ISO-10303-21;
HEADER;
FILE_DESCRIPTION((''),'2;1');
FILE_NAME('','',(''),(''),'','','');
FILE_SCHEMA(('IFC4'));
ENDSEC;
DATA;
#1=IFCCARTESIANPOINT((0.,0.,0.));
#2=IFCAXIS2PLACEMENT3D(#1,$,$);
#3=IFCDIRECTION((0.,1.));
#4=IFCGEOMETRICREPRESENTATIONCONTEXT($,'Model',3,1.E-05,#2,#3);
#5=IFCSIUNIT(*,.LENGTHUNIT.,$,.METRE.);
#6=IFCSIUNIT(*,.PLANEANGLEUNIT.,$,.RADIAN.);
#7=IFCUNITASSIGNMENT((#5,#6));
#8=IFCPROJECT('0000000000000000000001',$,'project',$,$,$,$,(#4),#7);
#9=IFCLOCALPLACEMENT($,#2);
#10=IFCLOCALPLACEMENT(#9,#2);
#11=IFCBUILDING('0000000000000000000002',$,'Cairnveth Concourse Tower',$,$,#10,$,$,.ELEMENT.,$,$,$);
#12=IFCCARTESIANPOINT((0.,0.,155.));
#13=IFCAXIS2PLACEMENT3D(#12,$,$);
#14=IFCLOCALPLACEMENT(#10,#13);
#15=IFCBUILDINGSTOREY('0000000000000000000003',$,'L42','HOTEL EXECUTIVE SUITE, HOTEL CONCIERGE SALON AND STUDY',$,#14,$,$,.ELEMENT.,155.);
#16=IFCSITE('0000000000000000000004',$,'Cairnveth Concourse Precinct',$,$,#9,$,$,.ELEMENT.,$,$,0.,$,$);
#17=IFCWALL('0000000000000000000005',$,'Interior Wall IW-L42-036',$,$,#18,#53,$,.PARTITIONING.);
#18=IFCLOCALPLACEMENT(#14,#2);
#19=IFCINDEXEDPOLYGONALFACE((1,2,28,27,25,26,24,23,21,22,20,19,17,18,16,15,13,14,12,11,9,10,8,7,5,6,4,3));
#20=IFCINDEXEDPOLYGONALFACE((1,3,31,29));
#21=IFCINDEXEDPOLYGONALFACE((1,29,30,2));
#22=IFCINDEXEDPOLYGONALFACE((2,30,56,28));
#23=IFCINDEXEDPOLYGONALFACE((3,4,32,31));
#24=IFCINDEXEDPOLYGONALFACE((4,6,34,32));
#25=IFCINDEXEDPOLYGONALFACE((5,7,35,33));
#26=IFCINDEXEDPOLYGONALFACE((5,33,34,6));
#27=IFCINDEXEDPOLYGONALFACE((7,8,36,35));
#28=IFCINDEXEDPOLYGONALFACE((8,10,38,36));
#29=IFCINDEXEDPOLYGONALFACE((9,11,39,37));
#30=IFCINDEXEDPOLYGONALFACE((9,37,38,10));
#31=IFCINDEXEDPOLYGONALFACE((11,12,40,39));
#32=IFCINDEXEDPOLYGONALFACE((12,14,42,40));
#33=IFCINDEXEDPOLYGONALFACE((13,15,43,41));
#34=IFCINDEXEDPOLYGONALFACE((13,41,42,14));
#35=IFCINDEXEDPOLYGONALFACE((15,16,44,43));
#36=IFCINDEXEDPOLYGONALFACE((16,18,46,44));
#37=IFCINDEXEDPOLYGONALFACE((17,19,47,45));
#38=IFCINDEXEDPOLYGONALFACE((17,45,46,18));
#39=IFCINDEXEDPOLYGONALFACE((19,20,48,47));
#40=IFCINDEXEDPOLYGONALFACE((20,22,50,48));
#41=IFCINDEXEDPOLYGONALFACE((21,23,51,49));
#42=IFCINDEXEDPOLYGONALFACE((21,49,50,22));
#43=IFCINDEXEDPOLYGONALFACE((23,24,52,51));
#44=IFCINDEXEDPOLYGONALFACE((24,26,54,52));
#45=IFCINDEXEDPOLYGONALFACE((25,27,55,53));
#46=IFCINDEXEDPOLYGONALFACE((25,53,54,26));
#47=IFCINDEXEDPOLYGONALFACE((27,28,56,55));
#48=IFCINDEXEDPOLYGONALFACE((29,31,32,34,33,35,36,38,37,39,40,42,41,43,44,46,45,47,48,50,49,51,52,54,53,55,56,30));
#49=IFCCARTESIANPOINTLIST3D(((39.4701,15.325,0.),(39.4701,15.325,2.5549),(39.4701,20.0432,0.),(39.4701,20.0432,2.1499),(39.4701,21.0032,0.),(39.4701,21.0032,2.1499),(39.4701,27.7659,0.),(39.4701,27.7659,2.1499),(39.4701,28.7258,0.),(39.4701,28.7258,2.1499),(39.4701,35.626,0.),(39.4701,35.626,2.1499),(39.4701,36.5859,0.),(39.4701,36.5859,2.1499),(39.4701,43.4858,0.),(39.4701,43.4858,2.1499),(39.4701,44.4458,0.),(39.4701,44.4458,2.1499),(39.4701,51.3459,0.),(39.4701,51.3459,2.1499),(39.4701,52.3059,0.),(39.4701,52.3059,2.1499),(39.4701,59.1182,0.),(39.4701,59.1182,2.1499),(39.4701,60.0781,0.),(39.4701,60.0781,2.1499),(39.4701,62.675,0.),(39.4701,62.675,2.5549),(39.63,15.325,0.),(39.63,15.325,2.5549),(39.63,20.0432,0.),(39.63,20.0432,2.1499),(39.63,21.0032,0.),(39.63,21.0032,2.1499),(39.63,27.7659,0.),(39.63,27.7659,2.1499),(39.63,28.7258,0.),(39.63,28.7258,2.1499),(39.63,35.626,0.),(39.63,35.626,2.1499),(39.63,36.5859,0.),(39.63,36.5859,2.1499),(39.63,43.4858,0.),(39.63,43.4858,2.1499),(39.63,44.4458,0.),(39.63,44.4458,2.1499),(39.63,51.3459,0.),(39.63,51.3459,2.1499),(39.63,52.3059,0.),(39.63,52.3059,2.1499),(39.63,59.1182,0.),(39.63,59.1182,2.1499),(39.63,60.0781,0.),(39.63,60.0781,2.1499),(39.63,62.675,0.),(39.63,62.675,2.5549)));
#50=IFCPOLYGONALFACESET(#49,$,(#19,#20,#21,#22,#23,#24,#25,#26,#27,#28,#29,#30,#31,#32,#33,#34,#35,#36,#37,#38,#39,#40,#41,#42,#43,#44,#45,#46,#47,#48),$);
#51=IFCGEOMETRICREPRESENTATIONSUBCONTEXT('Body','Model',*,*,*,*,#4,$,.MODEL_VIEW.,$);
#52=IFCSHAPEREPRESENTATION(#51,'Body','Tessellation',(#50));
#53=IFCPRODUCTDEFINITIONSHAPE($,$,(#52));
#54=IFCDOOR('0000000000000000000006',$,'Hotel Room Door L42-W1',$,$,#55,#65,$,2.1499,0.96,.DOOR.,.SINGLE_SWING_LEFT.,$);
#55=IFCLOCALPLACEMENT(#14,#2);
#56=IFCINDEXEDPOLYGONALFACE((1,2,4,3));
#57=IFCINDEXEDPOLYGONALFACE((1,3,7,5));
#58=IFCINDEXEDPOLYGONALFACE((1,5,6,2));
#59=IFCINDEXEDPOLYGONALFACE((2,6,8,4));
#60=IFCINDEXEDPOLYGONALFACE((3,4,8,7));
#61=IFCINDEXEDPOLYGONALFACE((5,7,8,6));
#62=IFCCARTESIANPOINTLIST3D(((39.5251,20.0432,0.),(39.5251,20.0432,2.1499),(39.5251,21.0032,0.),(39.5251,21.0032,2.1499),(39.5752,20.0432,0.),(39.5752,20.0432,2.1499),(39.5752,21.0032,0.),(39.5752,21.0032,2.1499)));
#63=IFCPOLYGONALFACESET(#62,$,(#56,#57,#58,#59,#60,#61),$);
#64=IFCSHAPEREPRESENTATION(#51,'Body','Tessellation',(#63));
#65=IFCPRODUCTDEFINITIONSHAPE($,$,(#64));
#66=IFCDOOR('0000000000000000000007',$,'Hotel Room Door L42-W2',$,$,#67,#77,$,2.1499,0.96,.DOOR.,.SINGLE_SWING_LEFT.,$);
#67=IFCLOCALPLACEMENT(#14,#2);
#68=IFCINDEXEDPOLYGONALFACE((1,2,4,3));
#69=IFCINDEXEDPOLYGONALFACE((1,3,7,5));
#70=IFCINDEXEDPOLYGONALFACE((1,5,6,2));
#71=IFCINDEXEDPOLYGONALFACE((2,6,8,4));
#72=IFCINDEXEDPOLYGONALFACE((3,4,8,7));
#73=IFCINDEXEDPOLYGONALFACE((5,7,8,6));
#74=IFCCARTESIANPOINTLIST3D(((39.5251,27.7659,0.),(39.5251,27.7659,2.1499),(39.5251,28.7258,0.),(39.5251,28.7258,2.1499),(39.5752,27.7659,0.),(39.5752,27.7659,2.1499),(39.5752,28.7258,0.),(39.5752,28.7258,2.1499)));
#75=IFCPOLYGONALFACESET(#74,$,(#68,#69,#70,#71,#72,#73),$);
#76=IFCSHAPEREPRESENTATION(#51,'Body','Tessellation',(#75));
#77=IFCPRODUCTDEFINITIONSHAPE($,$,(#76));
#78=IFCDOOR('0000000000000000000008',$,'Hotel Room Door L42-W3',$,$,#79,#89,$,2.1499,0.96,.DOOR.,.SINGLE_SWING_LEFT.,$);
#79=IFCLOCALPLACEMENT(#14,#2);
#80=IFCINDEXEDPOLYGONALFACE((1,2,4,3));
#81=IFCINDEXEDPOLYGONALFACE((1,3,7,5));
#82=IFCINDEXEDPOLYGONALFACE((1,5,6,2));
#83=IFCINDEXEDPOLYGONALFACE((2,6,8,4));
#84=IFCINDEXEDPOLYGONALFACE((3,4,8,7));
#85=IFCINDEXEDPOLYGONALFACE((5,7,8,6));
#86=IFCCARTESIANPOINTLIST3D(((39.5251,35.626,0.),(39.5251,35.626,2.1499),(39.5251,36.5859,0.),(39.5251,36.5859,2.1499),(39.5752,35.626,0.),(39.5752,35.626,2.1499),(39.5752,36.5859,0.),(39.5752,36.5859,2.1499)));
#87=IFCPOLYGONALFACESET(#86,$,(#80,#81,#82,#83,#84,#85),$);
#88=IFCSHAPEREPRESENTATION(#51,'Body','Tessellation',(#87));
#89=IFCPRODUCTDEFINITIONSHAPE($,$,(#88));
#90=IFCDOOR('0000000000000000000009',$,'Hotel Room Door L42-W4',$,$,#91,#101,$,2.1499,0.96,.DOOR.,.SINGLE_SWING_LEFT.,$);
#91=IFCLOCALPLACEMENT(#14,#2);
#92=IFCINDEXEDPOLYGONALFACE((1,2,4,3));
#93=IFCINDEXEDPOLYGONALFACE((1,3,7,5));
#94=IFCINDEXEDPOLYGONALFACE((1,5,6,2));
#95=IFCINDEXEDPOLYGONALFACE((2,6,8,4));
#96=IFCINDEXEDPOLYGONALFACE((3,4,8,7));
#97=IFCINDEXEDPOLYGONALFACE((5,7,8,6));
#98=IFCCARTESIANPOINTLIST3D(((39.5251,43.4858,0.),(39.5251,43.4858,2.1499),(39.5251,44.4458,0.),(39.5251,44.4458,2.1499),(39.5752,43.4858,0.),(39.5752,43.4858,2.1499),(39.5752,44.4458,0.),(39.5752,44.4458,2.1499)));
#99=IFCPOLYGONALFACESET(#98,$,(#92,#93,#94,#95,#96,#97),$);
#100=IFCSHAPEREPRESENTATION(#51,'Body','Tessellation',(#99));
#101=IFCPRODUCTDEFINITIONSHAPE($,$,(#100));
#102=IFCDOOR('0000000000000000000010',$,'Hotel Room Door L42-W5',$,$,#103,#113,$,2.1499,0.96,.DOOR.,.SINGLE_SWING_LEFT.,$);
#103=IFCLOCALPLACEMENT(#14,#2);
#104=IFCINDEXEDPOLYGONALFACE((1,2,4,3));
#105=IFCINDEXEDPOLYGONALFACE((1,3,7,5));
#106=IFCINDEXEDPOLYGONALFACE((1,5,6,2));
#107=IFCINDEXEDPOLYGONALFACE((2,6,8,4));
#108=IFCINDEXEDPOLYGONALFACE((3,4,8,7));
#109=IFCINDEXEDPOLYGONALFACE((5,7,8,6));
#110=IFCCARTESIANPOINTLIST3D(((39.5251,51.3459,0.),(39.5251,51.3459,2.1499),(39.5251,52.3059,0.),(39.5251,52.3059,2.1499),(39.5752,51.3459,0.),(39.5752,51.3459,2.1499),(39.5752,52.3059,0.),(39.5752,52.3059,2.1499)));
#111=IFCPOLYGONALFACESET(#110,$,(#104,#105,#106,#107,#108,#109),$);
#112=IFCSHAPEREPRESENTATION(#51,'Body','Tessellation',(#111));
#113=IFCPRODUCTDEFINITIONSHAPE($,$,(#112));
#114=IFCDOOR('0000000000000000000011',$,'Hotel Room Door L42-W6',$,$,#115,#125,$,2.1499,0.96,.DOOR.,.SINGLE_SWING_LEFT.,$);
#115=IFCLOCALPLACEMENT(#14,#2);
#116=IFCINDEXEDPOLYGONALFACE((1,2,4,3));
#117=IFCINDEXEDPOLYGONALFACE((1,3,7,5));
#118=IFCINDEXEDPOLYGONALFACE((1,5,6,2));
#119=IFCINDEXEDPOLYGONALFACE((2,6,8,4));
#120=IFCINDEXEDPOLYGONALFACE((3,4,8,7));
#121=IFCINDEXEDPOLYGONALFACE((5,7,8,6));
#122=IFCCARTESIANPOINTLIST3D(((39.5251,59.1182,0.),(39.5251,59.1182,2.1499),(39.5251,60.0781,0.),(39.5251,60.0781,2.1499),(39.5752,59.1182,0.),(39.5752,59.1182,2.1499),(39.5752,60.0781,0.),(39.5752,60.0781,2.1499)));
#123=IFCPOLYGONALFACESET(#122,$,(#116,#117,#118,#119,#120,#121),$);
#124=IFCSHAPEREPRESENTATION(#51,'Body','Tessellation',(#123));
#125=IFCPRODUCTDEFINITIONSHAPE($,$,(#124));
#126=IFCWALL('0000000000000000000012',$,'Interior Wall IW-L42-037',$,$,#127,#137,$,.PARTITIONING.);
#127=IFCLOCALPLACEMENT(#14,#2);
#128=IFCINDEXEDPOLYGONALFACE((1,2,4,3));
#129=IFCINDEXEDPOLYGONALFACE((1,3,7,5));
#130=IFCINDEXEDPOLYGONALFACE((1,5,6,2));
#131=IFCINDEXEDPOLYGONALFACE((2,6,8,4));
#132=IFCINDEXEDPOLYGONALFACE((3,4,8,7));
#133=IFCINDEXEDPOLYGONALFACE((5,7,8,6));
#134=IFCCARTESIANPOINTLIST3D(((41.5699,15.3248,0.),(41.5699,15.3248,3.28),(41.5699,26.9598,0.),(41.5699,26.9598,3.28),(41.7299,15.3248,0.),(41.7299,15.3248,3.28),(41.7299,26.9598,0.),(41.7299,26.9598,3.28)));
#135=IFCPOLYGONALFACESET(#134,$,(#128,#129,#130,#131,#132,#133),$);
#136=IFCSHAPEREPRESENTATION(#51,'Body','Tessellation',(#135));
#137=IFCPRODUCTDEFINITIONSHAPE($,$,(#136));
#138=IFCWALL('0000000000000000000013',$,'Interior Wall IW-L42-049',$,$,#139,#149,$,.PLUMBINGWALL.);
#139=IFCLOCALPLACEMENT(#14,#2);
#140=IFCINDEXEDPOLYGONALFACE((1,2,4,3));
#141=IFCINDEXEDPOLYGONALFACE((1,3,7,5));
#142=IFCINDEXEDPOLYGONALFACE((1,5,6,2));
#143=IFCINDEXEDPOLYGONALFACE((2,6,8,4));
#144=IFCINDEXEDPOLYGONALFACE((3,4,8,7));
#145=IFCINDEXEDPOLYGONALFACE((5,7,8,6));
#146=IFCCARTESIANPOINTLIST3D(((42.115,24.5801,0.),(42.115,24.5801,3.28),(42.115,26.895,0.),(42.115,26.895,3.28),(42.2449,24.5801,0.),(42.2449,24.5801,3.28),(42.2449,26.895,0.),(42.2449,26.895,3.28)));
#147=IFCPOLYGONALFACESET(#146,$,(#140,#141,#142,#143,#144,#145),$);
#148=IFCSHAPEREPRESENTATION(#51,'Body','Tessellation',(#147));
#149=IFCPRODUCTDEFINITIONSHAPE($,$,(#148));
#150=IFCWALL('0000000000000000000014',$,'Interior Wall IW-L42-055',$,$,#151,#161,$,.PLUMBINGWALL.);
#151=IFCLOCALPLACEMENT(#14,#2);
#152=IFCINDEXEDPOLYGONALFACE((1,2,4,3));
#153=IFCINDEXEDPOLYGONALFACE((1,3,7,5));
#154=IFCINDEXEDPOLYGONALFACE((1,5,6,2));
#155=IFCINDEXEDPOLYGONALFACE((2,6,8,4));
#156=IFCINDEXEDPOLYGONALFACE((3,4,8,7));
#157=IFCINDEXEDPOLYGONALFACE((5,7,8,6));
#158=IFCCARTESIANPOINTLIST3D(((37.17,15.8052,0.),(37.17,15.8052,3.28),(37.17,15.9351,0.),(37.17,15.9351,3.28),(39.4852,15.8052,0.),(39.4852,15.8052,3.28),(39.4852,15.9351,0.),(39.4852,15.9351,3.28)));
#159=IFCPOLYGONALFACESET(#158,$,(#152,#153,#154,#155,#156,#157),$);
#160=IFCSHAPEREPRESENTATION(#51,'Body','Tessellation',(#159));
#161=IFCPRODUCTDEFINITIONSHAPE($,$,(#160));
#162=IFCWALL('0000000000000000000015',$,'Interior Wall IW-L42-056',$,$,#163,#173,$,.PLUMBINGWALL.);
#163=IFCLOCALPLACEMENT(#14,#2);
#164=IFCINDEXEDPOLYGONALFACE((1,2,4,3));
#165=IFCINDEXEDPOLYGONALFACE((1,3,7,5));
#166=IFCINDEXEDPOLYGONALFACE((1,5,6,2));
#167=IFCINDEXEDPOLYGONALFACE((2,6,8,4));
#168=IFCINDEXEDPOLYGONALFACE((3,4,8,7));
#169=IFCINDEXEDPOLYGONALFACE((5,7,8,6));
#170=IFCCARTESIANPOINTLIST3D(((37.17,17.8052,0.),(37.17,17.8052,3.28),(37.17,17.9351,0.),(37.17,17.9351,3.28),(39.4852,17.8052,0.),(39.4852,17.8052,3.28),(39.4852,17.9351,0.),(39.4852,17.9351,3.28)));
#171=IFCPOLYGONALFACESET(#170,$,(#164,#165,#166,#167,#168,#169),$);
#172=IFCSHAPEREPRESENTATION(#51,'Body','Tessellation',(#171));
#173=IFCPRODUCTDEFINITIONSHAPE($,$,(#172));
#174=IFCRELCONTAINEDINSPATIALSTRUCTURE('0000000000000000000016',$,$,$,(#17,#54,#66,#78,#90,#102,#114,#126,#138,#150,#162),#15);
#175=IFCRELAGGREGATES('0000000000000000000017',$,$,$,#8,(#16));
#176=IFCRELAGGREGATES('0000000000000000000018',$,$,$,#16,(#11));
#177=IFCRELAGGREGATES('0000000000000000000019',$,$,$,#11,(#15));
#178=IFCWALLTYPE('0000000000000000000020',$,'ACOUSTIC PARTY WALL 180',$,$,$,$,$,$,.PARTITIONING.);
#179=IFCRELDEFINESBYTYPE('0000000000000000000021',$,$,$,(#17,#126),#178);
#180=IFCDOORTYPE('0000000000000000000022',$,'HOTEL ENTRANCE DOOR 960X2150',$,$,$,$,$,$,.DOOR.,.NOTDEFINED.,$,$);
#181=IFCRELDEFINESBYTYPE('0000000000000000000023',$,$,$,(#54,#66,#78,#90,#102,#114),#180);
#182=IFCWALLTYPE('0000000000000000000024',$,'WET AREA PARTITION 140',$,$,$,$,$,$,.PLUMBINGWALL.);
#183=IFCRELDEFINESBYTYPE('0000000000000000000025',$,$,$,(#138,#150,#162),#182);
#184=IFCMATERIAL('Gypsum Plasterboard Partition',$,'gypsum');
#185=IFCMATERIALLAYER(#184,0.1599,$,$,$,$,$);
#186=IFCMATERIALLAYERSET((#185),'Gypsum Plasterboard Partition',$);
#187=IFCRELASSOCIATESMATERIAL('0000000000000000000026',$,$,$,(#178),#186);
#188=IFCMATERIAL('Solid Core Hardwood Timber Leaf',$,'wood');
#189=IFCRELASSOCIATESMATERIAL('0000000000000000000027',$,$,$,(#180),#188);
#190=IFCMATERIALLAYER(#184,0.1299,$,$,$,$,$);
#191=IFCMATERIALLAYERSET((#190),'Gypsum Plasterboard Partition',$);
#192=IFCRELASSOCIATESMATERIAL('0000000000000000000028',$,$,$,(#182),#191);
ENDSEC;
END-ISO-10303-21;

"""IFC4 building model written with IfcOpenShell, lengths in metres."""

from ifc_helpers import new_model, si_unit, direction, frame, frame_2d, origin, place, context, subcontext, project, spatial, rectangle, extrude, material, layer, layer_set, type_object, element, fill, save


model = new_model("IFC4")

# Units and contexts
model_context = context("Model", 3, precision=1e-05, world=origin(), true_north=direction((0.0, 1.0)))
body_context = subcontext(model_context, "Body", "Model", "MODEL_VIEW")
ifc_project = project(units=[si_unit("LENGTHUNIT", "METRE"), si_unit("PLANEANGLEUNIT", "RADIAN")], contexts=[model_context])

# Site, building, storey
site_placement = place(None, origin())
site = spatial("IfcSite", under=ifc_project, at=site_placement, Name="Cairnveth Concourse Precinct", CompositionType="ELEMENT", RefElevation=0.0)
building_placement = place(site_placement, origin())
building = spatial("IfcBuilding", under=site, at=building_placement, Name="Cairnveth Concourse Tower", CompositionType="ELEMENT")
storey_placement = place(building_placement, frame((0.0, 0.0, 155.0)))
storey = spatial("IfcBuildingStorey", under=building, at=storey_placement, Name="L42", Description="HOTEL EXECUTIVE SUITE, HOTEL CONCIERGE SALON AND STUDY", CompositionType="ELEMENT", Elevation=155.0)

# Wall, openings, doors
ifc_material_1 = material(Name="Gypsum Plasterboard Partition", Category="gypsum")
ifc_layer_1 = layer(ifc_material_1, 0.1599)
ifc_layer_set_1 = layer_set([ifc_layer_1], Name="Gypsum Plasterboard Partition")
wall_type_1 = type_object("IfcWallType", Name="ACOUSTIC PARTY WALL 180", PredefinedType="PARTITIONING", material=ifc_layer_set_1)
wall_1_placement = place(storey_placement, frame((39.55, 15.325, 0.0), z_axis=(0.0, 0.0, 1.0), x_axis=(0.0, 1.0, 0.0)))
wall_1 = element("IfcWall", 1, at=wall_1_placement, inside=storey, type_object=wall_type_1, Name="Interior Wall IW-L42-036", PredefinedType="PARTITIONING", context=body_context, shape_type="SweptSolid", body=[
    extrude(rectangle(XDim=47.3501, YDim=0.1599, at=frame_2d((23.675, 0.0))), origin(), (0.0, 0.0, 1.0), 2.5549),
])
opening_1_placement = place(wall_1_placement, frame((4.7183, 0.0, 0.0)))
opening_1 = element("IfcOpeningElement", 2, at=opening_1_placement, cuts=wall_1, PredefinedType="OPENING", context=body_context, shape_type="SweptSolid", body=[
    extrude(rectangle(XDim=0.96, YDim=2.1499, at=frame_2d((0.48, 1.075))), frame((0.0, 0.0898, 0.0), z_axis=(0.0, -1.0, 0.0), x_axis=(1.0, 0.0, 0.0)), (0.0, 0.0, 1.0), 0.1799),
])
opening_2_placement = place(wall_1_placement, frame((12.4409, 0.0, 0.0)))
opening_2 = element("IfcOpeningElement", 3, at=opening_2_placement, cuts=wall_1, PredefinedType="OPENING", context=body_context, shape_type="SweptSolid", body=[
    extrude(rectangle(XDim=0.96, YDim=2.1499, at=frame_2d((0.48, 1.075))), frame((0.0, 0.0898, 0.0), z_axis=(0.0, -1.0, 0.0), x_axis=(1.0, 0.0, 0.0)), (0.0, 0.0, 1.0), 0.1799),
])
opening_3_placement = place(wall_1_placement, frame((20.301, 0.0, 0.0)))
opening_3 = element("IfcOpeningElement", 4, at=opening_3_placement, cuts=wall_1, PredefinedType="OPENING", context=body_context, shape_type="SweptSolid", body=[
    extrude(rectangle(XDim=0.96, YDim=2.1499, at=frame_2d((0.48, 1.075))), frame((0.0, 0.0898, 0.0), z_axis=(0.0, -1.0, 0.0), x_axis=(1.0, 0.0, 0.0)), (0.0, 0.0, 1.0), 0.1799),
])
opening_4_placement = place(wall_1_placement, frame((28.1609, 0.0, 0.0)))
opening_4 = element("IfcOpeningElement", 5, at=opening_4_placement, cuts=wall_1, PredefinedType="OPENING", context=body_context, shape_type="SweptSolid", body=[
    extrude(rectangle(XDim=0.96, YDim=2.1499, at=frame_2d((0.48, 1.075))), frame((0.0, 0.0898, 0.0), z_axis=(0.0, -1.0, 0.0), x_axis=(1.0, 0.0, 0.0)), (0.0, 0.0, 1.0), 0.1799),
])
opening_5_placement = place(wall_1_placement, frame((36.021, 0.0, 0.0)))
opening_5 = element("IfcOpeningElement", 6, at=opening_5_placement, cuts=wall_1, PredefinedType="OPENING", context=body_context, shape_type="SweptSolid", body=[
    extrude(rectangle(XDim=0.96, YDim=2.1499, at=frame_2d((0.48, 1.075))), frame((0.0, 0.0898, 0.0), z_axis=(0.0, -1.0, 0.0), x_axis=(1.0, 0.0, 0.0)), (0.0, 0.0, 1.0), 0.1799),
])
opening_6_placement = place(wall_1_placement, frame((43.7932, 0.0, 0.0)))
opening_6 = element("IfcOpeningElement", 7, at=opening_6_placement, cuts=wall_1, PredefinedType="OPENING", context=body_context, shape_type="SweptSolid", body=[
    extrude(rectangle(XDim=0.96, YDim=2.1499, at=frame_2d((0.48, 1.075))), frame((0.0, 0.0898, 0.0), z_axis=(0.0, -1.0, 0.0), x_axis=(1.0, 0.0, 0.0)), (0.0, 0.0, 1.0), 0.1799),
])
ifc_material_2 = material(Name="Solid Core Hardwood Timber Leaf", Category="wood")
door_type_1 = type_object("IfcDoorType", Name="HOTEL ENTRANCE DOOR 960X2150", OperationType="NOTDEFINED", PredefinedType="DOOR", material=ifc_material_2)
door_1_placement = place(opening_1_placement, origin())
door_1 = element("IfcDoor", 8, at=door_1_placement, inside=storey, type_object=door_type_1, Name="Hotel Room Door L42-W1", OperationType="SINGLE_SWING_LEFT", OverallHeight=2.1499, OverallWidth=0.96, PredefinedType="DOOR", context=body_context, shape_type="SweptSolid", body=[
    extrude(rectangle(XDim=0.96, YDim=2.1499, at=frame_2d((0.48, 1.075))), frame((0.0, 0.0249, 0.0), z_axis=(0.0, -1.0, 0.0), x_axis=(1.0, 0.0, 0.0)), (0.0, 0.0, 1.0), 0.05),
])
fill(opening_1, door_1)
door_2_placement = place(opening_2_placement, origin())
door_2 = element("IfcDoor", 9, at=door_2_placement, inside=storey, type_object=door_type_1, Name="Hotel Room Door L42-W2", OperationType="SINGLE_SWING_LEFT", OverallHeight=2.1499, OverallWidth=0.96, PredefinedType="DOOR", context=body_context, shape_type="SweptSolid", body=[
    extrude(rectangle(XDim=0.96, YDim=2.1499, at=frame_2d((0.48, 1.075))), frame((0.0, 0.0249, 0.0), z_axis=(0.0, -1.0, 0.0), x_axis=(1.0, 0.0, 0.0)), (0.0, 0.0, 1.0), 0.05),
])
fill(opening_2, door_2)
door_3_placement = place(opening_3_placement, origin())
door_3 = element("IfcDoor", 10, at=door_3_placement, inside=storey, type_object=door_type_1, Name="Hotel Room Door L42-W3", OperationType="SINGLE_SWING_LEFT", OverallHeight=2.1499, OverallWidth=0.96, PredefinedType="DOOR", context=body_context, shape_type="SweptSolid", body=[
    extrude(rectangle(XDim=0.96, YDim=2.1499, at=frame_2d((0.48, 1.075))), frame((0.0, 0.0249, 0.0), z_axis=(0.0, -1.0, 0.0), x_axis=(1.0, 0.0, 0.0)), (0.0, 0.0, 1.0), 0.05),
])
fill(opening_3, door_3)
door_4_placement = place(opening_4_placement, origin())
door_4 = element("IfcDoor", 11, at=door_4_placement, inside=storey, type_object=door_type_1, Name="Hotel Room Door L42-W4", OperationType="SINGLE_SWING_LEFT", OverallHeight=2.1499, OverallWidth=0.96, PredefinedType="DOOR", context=body_context, shape_type="SweptSolid", body=[
    extrude(rectangle(XDim=0.96, YDim=2.1499, at=frame_2d((0.48, 1.075))), frame((0.0, 0.0249, 0.0), z_axis=(0.0, -1.0, 0.0), x_axis=(1.0, 0.0, 0.0)), (0.0, 0.0, 1.0), 0.05),
])
fill(opening_4, door_4)
door_5_placement = place(opening_5_placement, origin())
door_5 = element("IfcDoor", 12, at=door_5_placement, inside=storey, type_object=door_type_1, Name="Hotel Room Door L42-W5", OperationType="SINGLE_SWING_LEFT", OverallHeight=2.1499, OverallWidth=0.96, PredefinedType="DOOR", context=body_context, shape_type="SweptSolid", body=[
    extrude(rectangle(XDim=0.96, YDim=2.1499, at=frame_2d((0.48, 1.075))), frame((0.0, 0.0249, 0.0), z_axis=(0.0, -1.0, 0.0), x_axis=(1.0, 0.0, 0.0)), (0.0, 0.0, 1.0), 0.05),
])
fill(opening_5, door_5)
door_6_placement = place(opening_6_placement, origin())
door_6 = element("IfcDoor", 13, at=door_6_placement, inside=storey, type_object=door_type_1, Name="Hotel Room Door L42-W6", OperationType="SINGLE_SWING_LEFT", OverallHeight=2.1499, OverallWidth=0.96, PredefinedType="DOOR", context=body_context, shape_type="SweptSolid", body=[
    extrude(rectangle(XDim=0.96, YDim=2.1499, at=frame_2d((0.48, 1.075))), frame((0.0, 0.0249, 0.0), z_axis=(0.0, -1.0, 0.0), x_axis=(1.0, 0.0, 0.0)), (0.0, 0.0, 1.0), 0.05),
])
fill(opening_6, door_6)

# Walls
wall_2_placement = place(storey_placement, frame((41.6499, 15.325, 0.0), z_axis=(0.0, 0.0, 1.0), x_axis=(0.0, 1.0, 0.0)))
element("IfcWall", 14, at=wall_2_placement, inside=storey, type_object=wall_type_1, Name="Interior Wall IW-L42-037", PredefinedType="PARTITIONING", context=body_context, shape_type="SweptSolid", body=[
    extrude(rectangle(XDim=11.635, YDim=0.1599, at=frame_2d((5.8174, 0.0))), origin(), (0.0, 0.0, 1.0), 3.28),
])
ifc_layer_2 = layer(ifc_material_1, 0.1299)
ifc_layer_set_2 = layer_set([ifc_layer_2], Name="Gypsum Plasterboard Partition")
wall_type_2 = type_object("IfcWallType", Name="WET AREA PARTITION 140", PredefinedType="PLUMBINGWALL", material=ifc_layer_set_2)
wall_3_placement = place(storey_placement, frame((42.1799, 24.5801, 0.0), z_axis=(0.0, 0.0, 1.0), x_axis=(0.0, 1.0, 0.0)))
element("IfcWall", 15, at=wall_3_placement, inside=storey, type_object=wall_type_2, Name="Interior Wall IW-L42-049", PredefinedType="PLUMBINGWALL", context=body_context, shape_type="SweptSolid", body=[
    extrude(rectangle(XDim=2.3149, YDim=0.1299, at=frame_2d((1.1575, 0.0))), origin(), (0.0, 0.0, 1.0), 3.28),
])
for number, where, z_axis, x_axis, name in (
    (16, (37.1699, 15.8701, 0.0), (0.0, 0.0, 1.0), (1.0, 0.0, 0.0), "Interior Wall IW-L42-055"),
    (17, (37.1699, 17.8701, 0.0), (0.0, 0.0, 1.0), (1.0, 0.0, 0.0), "Interior Wall IW-L42-056"),
):
    element("IfcWall", number, at=place(storey_placement, frame(where, z_axis=z_axis, x_axis=x_axis)), inside=storey, type_object=wall_type_2, Name=name, PredefinedType="PLUMBINGWALL", context=body_context, shape_type="SweptSolid", body=[
        extrude(rectangle(XDim=2.3152, YDim=0.1299, at=frame_2d((1.1577, 0.0))), origin(), (0.0, 0.0, 1.0), 3.28),
    ])

save(model, "model.ifc")
